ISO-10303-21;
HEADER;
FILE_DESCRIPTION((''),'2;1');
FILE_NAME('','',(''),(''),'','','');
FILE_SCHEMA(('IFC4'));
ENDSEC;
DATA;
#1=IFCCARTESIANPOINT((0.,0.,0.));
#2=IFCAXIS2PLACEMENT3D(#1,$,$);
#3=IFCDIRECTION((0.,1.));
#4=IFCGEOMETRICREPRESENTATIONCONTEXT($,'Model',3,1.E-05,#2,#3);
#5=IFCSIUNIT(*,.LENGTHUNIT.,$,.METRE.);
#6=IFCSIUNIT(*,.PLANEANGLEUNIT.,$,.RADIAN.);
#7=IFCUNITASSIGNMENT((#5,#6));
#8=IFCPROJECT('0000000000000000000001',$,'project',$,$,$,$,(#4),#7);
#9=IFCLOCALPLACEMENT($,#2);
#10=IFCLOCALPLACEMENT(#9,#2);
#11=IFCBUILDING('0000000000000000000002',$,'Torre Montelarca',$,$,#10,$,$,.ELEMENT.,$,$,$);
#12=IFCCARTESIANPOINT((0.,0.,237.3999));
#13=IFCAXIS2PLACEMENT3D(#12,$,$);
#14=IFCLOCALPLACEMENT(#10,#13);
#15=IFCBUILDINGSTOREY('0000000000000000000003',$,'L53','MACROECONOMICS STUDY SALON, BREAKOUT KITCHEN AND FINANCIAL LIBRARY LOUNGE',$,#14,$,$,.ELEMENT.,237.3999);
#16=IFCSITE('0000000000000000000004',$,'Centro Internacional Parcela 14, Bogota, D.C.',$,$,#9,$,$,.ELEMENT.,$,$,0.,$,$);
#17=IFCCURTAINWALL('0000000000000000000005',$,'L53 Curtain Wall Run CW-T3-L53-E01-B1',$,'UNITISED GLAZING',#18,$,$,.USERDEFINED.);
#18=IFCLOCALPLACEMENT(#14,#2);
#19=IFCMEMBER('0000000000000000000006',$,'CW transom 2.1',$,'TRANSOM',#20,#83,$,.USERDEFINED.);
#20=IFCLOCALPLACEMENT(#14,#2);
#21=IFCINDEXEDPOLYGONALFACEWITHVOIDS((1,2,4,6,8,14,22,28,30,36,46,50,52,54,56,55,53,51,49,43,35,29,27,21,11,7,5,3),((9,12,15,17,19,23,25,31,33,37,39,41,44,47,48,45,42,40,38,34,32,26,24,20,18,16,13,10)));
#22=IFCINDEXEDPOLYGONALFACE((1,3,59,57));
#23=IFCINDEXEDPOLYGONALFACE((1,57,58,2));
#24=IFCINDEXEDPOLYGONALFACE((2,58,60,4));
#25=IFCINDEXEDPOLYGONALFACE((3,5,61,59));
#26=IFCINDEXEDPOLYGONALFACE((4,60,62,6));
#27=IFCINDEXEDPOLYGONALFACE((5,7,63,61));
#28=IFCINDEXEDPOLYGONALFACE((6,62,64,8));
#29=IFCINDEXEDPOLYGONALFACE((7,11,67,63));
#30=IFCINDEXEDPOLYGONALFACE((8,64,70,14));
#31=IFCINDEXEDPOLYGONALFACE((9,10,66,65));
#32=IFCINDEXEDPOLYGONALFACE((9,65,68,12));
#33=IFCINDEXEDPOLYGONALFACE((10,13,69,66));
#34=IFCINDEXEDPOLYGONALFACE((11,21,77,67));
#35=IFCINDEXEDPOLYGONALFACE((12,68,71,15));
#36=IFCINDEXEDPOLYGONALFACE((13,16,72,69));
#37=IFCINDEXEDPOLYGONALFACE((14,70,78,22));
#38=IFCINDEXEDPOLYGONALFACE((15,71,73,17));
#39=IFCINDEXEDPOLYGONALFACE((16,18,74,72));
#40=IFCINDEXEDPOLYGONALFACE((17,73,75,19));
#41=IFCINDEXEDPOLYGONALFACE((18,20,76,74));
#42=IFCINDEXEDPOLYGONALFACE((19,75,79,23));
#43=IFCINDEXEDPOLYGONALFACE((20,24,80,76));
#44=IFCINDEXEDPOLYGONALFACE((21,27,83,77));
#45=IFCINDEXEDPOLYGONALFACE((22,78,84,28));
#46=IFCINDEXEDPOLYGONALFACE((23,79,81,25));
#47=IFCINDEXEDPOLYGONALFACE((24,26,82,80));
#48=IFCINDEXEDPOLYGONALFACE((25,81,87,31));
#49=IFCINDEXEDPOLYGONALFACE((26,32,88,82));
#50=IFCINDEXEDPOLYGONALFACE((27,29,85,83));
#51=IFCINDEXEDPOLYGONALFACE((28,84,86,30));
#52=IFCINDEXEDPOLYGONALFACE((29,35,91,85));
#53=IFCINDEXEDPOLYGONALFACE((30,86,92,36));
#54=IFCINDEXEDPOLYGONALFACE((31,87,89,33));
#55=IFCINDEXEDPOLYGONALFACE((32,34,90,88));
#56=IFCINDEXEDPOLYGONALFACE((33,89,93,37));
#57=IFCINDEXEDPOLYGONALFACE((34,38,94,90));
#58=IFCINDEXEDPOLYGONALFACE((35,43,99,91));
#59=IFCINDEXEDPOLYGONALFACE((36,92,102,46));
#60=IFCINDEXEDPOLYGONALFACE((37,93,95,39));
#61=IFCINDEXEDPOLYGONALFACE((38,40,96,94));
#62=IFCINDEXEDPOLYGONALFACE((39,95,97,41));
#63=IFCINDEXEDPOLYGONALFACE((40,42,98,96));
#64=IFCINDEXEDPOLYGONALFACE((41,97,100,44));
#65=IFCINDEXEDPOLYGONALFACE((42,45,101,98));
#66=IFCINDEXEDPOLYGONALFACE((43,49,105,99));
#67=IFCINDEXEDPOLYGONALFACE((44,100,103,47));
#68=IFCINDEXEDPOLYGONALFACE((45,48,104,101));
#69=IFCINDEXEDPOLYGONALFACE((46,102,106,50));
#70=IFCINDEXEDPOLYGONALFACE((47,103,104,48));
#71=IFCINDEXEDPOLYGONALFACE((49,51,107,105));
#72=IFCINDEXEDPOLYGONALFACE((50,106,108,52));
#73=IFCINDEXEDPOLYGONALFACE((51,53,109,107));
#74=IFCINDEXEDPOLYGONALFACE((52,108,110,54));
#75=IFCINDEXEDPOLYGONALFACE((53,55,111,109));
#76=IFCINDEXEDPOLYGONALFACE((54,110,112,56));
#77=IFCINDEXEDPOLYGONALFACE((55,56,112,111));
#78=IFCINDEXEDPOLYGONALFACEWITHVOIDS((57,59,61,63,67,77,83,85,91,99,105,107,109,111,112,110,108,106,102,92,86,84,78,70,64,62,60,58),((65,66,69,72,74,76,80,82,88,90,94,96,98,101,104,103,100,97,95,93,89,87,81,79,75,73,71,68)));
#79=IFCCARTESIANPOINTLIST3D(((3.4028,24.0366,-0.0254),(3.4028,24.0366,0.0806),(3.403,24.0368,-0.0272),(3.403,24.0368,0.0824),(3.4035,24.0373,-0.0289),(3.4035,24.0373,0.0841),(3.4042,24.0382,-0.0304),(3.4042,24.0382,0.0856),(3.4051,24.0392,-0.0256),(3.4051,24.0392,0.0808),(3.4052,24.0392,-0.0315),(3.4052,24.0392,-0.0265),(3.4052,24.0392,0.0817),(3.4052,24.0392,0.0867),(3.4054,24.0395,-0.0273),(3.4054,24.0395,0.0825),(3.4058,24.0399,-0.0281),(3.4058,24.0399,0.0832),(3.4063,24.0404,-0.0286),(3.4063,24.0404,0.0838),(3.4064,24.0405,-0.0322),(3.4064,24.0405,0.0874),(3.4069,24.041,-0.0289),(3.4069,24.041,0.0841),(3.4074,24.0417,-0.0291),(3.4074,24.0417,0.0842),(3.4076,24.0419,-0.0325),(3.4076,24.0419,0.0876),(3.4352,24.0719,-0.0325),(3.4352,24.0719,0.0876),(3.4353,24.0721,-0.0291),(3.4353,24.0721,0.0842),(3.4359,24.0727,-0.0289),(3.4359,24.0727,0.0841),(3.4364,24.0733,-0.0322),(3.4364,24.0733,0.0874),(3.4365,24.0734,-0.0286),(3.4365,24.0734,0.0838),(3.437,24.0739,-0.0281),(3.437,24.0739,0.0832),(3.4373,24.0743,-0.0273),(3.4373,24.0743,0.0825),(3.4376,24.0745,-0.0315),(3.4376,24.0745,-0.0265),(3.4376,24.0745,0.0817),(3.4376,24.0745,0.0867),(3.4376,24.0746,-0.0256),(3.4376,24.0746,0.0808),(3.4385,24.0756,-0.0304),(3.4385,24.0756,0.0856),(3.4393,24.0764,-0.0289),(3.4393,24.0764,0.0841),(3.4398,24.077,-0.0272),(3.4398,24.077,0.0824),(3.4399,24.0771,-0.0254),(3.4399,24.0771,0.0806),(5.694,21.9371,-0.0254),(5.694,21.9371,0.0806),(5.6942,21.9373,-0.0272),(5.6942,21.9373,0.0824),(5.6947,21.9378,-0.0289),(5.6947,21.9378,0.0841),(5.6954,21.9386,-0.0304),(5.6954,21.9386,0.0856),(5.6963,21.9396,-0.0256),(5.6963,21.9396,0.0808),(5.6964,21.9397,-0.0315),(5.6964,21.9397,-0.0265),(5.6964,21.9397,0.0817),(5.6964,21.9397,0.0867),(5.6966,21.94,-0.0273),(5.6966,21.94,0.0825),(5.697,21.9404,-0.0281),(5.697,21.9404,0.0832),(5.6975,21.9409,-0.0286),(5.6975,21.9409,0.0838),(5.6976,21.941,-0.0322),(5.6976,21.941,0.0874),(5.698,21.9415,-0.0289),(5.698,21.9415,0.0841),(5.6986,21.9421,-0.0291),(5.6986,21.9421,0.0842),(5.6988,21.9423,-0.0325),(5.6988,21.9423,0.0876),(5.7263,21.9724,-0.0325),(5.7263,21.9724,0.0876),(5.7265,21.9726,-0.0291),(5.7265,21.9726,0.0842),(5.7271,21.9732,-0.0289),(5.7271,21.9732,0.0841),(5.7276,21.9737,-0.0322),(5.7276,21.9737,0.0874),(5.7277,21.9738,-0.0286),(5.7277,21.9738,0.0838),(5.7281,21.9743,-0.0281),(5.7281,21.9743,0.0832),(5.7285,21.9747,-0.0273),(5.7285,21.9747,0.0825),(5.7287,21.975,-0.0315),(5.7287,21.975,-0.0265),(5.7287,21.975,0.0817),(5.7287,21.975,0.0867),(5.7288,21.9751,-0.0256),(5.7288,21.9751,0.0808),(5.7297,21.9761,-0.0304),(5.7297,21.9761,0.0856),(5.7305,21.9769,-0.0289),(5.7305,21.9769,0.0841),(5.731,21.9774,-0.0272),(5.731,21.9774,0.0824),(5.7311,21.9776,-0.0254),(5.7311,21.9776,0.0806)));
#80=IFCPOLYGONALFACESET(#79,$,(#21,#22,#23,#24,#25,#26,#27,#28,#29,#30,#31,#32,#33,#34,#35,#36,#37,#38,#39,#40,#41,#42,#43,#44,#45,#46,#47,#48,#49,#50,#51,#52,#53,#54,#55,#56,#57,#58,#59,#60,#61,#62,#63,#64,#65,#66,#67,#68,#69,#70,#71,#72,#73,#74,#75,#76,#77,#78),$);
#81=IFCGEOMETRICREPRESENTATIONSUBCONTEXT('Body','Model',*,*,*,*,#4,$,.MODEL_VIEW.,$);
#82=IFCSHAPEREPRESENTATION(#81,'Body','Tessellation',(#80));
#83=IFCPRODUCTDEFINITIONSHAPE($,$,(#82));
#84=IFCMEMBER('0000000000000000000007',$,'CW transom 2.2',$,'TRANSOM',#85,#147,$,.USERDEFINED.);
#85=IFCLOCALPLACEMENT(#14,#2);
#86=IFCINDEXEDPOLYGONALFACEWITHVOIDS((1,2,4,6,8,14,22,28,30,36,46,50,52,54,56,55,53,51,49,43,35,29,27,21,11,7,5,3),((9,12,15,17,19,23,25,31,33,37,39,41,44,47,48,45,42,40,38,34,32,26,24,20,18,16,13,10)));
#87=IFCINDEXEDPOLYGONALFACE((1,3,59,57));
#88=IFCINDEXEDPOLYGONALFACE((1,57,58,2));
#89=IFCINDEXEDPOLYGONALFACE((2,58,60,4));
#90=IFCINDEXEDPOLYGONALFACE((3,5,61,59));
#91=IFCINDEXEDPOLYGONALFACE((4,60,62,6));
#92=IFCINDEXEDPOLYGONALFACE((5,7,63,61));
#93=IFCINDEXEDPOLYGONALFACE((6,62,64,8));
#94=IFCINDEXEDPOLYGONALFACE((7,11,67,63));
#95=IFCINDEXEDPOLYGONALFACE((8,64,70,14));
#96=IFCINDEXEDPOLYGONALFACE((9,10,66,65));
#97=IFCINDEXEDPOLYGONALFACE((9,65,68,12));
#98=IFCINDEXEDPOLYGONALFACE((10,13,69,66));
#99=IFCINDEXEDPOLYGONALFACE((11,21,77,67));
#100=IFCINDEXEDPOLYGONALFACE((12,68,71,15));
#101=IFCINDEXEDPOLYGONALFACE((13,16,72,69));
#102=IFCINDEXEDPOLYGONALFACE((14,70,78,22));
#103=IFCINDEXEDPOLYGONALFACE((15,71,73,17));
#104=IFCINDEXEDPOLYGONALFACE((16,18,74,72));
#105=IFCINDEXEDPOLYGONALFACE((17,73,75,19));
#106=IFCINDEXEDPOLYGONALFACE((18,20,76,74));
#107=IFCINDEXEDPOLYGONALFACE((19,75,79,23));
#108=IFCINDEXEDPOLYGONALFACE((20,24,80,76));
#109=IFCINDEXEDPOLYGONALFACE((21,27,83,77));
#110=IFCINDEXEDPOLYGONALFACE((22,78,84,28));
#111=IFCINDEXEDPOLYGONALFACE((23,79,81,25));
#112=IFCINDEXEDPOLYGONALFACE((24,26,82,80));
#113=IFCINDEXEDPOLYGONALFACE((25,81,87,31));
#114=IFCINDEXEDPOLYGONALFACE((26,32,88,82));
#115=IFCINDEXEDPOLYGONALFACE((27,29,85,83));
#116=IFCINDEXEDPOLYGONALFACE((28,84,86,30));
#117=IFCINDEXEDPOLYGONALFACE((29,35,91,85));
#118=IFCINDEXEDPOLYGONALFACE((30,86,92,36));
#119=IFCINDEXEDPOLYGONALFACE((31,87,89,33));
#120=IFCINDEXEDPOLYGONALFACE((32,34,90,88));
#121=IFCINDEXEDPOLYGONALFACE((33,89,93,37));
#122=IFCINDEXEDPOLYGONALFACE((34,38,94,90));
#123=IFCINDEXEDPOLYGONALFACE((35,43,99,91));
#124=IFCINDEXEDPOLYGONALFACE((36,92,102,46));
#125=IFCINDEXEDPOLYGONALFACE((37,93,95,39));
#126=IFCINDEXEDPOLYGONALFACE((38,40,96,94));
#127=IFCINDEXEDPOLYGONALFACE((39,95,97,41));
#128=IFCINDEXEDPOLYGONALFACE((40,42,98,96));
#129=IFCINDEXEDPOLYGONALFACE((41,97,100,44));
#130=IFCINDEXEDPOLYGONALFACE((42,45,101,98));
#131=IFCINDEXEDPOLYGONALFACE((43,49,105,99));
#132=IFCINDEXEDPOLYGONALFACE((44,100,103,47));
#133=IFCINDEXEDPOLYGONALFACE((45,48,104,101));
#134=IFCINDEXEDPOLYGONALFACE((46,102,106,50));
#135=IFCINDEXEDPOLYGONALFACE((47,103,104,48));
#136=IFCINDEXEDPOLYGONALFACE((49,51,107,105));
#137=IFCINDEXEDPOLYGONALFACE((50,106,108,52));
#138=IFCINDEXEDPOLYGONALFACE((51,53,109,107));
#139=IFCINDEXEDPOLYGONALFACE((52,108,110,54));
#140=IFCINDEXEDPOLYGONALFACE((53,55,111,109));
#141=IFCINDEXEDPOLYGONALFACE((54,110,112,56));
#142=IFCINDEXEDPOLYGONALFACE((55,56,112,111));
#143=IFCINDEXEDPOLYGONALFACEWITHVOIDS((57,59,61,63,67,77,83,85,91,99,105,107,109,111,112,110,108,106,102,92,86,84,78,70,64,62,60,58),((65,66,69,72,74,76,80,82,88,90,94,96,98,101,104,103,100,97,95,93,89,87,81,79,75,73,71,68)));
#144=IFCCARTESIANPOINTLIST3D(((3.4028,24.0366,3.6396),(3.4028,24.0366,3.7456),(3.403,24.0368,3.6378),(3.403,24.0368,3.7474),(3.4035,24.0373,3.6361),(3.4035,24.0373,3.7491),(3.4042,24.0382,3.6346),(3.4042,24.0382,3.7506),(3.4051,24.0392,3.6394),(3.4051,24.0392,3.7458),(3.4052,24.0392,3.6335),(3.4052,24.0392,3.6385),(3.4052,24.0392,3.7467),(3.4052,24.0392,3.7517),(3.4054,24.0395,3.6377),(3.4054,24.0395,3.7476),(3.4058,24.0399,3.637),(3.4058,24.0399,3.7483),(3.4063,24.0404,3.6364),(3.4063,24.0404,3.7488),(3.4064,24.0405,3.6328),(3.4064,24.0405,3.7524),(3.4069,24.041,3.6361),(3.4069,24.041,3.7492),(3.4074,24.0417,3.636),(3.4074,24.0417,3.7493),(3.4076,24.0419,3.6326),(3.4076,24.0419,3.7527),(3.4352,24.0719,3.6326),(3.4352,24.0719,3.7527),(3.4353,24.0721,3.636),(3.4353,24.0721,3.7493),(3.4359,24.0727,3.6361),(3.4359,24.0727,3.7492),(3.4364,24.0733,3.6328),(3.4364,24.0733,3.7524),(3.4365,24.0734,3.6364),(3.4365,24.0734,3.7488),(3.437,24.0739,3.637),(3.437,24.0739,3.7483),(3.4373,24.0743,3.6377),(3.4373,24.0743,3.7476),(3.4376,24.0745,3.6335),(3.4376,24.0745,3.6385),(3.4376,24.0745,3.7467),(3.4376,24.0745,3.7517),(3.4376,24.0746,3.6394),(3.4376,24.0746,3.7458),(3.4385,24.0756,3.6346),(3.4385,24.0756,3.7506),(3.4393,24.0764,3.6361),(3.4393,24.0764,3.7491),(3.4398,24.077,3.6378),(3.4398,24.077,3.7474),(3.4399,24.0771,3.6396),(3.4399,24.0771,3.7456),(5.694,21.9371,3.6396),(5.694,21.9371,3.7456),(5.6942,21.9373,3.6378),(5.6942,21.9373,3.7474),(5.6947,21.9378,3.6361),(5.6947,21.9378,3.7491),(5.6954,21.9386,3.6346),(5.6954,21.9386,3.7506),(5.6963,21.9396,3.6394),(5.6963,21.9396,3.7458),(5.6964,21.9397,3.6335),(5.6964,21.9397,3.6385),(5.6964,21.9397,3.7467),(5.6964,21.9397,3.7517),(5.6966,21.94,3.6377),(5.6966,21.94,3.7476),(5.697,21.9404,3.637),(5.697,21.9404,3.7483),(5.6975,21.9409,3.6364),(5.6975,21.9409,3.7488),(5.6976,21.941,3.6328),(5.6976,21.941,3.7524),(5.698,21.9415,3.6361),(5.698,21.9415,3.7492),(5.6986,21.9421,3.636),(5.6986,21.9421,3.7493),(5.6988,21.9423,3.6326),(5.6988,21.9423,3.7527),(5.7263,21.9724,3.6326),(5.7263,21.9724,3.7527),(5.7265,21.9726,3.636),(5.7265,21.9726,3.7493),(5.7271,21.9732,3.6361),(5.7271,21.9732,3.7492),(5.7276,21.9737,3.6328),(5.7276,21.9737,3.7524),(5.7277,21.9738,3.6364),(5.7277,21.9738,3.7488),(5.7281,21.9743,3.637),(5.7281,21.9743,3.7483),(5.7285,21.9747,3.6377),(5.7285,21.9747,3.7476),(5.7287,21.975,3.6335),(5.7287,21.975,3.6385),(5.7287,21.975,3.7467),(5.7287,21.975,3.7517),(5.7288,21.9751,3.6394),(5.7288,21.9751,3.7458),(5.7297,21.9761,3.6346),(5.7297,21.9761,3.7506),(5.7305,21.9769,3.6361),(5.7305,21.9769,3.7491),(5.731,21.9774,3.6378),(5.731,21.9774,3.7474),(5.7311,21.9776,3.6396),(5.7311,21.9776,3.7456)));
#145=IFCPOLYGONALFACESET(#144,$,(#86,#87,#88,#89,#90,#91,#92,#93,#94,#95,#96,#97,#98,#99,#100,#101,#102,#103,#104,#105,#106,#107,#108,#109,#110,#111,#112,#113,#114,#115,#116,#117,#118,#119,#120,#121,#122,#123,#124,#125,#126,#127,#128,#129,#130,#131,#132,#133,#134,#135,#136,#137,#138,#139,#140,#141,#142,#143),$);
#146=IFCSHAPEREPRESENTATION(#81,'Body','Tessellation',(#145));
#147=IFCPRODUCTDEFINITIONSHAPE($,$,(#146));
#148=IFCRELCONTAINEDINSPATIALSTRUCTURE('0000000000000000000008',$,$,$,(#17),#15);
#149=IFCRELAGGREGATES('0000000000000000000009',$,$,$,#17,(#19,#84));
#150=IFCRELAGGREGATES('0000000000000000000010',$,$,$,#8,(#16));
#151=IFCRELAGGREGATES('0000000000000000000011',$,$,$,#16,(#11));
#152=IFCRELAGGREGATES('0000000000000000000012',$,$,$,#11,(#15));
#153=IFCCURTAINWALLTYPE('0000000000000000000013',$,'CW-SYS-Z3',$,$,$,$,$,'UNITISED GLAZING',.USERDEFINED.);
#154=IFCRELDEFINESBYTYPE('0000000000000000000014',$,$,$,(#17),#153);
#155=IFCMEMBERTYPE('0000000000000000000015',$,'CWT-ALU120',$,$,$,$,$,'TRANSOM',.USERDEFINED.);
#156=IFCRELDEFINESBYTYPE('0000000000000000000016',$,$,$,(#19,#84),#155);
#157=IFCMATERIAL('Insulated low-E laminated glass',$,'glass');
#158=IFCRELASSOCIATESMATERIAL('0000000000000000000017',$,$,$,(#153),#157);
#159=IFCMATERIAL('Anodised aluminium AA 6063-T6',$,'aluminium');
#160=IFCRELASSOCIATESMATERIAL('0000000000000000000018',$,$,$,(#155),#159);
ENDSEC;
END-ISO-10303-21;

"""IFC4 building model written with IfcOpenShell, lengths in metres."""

from ifc_helpers import new_model, si_unit, direction, frame, origin, origin_2d, place, context, subcontext, project, spatial, hollow_rectangle, extrude, source, transform, mapped, material, material_profile, profile_set, type_object, element, aggregate, save


model = new_model("IFC4")

# Units and contexts
model_context = context("Model", 3, precision=1e-05, world=origin(), true_north=direction((0.0, 1.0)))
body_context = subcontext(model_context, "Body", "Model", "MODEL_VIEW")
ifc_project = project(units=[si_unit("LENGTHUNIT", "METRE"), si_unit("PLANEANGLEUNIT", "RADIAN")], contexts=[model_context])

# Site, building, storey
site_placement = place(None, origin())
site = spatial("IfcSite", under=ifc_project, at=site_placement, Name="Centro Internacional Parcela 14, Bogota, D.C.", CompositionType="ELEMENT", RefElevation=0.0)
building_placement = place(site_placement, origin())
building = spatial("IfcBuilding", under=site, at=building_placement, Name="Torre Montelarca", CompositionType="ELEMENT")
storey_placement = place(building_placement, frame((0.0, 0.0, 237.3999)))
storey = spatial("IfcBuildingStorey", under=building, at=storey_placement, Name="L53", Description="MACROECONOMICS STUDY SALON, BREAKOUT KITCHEN AND FINANCIAL LIBRARY LOUNGE", CompositionType="ELEMENT", Elevation=237.3999)

# Curtain wall, members
ifc_material_1 = material(Name="Insulated low-E laminated glass", Category="glass")
curtain_wall_type = type_object("IfcCurtainWallType", Name="CW-SYS-Z3", ElementType="UNITISED GLAZING", PredefinedType="USERDEFINED", material=ifc_material_1)
curtain_wall_1_placement = place(storey_placement, origin())
curtain_wall_1 = element("IfcCurtainWall", 1, at=curtain_wall_1_placement, inside=storey, type_object=curtain_wall_type, Name="L53 Curtain Wall Run CW-T3-L53-E01-B1", ObjectType="UNITISED GLAZING", PredefinedType="USERDEFINED")
ifc_material_2 = material(Name="Anodised aluminium AA 6063-T6", Category="aluminium")
ifc_material_profile_1 = material_profile(ifc_material_2, hollow_rectangle(XDim=0.0549, YDim=0.1201, WallThickness=0.0034, InnerFilletRadius=0.0034, OuterFilletRadius=0.0071, at=origin_2d()), Name="ALU55X120X3.5", Category="aluminium")
ifc_profile_set_1 = profile_set([ifc_material_profile_1], Name="Anodised aluminium AA 6063-T6")
member_type_1 = type_object("IfcMemberType", Name="CWT-ALU120", ElementType="TRANSOM", PredefinedType="USERDEFINED", material=ifc_profile_set_1)
shared_shape_1 = source(origin(), body_context, "Body", "SweptSolid", [
    extrude(hollow_rectangle(XDim=0.0549, YDim=0.1201, WallThickness=0.0034, InnerFilletRadius=0.0034, OuterFilletRadius=0.0071, at=origin_2d()), origin(), (0.0, 0.0, 1.0), 3.1077),
])
member_1_placement = place(storey_placement, frame((3.4214, 24.0569, 0.0276), z_axis=(0.737268, -0.6756, 0.0), x_axis=(0.6756, 0.737268, 0.0)))
member_1 = element("IfcMember", 2, at=member_1_placement, type_object=member_type_1, Name="CW transom 2.1", ObjectType="TRANSOM", PredefinedType="USERDEFINED", context=body_context, shape_type="MappedRepresentation", body=[
    mapped(shared_shape_1, transform((0.0, 0.0, 0.0), scale=1.0)),
])
member_2_placement = place(storey_placement, frame((3.4214, 24.0569, 3.6926), z_axis=(0.737268, -0.6756, 0.0), x_axis=(0.6756, 0.737268, 0.0)))
member_2 = element("IfcMember", 3, at=member_2_placement, type_object=member_type_1, Name="CW transom 2.2", ObjectType="TRANSOM", PredefinedType="USERDEFINED", context=body_context, shape_type="MappedRepresentation", body=[
    mapped(shared_shape_1, transform((0.0, 0.0, 0.0), scale=1.0)),
])

aggregate(curtain_wall_1, [member_1, member_2])

save(model, "model.ifc")
